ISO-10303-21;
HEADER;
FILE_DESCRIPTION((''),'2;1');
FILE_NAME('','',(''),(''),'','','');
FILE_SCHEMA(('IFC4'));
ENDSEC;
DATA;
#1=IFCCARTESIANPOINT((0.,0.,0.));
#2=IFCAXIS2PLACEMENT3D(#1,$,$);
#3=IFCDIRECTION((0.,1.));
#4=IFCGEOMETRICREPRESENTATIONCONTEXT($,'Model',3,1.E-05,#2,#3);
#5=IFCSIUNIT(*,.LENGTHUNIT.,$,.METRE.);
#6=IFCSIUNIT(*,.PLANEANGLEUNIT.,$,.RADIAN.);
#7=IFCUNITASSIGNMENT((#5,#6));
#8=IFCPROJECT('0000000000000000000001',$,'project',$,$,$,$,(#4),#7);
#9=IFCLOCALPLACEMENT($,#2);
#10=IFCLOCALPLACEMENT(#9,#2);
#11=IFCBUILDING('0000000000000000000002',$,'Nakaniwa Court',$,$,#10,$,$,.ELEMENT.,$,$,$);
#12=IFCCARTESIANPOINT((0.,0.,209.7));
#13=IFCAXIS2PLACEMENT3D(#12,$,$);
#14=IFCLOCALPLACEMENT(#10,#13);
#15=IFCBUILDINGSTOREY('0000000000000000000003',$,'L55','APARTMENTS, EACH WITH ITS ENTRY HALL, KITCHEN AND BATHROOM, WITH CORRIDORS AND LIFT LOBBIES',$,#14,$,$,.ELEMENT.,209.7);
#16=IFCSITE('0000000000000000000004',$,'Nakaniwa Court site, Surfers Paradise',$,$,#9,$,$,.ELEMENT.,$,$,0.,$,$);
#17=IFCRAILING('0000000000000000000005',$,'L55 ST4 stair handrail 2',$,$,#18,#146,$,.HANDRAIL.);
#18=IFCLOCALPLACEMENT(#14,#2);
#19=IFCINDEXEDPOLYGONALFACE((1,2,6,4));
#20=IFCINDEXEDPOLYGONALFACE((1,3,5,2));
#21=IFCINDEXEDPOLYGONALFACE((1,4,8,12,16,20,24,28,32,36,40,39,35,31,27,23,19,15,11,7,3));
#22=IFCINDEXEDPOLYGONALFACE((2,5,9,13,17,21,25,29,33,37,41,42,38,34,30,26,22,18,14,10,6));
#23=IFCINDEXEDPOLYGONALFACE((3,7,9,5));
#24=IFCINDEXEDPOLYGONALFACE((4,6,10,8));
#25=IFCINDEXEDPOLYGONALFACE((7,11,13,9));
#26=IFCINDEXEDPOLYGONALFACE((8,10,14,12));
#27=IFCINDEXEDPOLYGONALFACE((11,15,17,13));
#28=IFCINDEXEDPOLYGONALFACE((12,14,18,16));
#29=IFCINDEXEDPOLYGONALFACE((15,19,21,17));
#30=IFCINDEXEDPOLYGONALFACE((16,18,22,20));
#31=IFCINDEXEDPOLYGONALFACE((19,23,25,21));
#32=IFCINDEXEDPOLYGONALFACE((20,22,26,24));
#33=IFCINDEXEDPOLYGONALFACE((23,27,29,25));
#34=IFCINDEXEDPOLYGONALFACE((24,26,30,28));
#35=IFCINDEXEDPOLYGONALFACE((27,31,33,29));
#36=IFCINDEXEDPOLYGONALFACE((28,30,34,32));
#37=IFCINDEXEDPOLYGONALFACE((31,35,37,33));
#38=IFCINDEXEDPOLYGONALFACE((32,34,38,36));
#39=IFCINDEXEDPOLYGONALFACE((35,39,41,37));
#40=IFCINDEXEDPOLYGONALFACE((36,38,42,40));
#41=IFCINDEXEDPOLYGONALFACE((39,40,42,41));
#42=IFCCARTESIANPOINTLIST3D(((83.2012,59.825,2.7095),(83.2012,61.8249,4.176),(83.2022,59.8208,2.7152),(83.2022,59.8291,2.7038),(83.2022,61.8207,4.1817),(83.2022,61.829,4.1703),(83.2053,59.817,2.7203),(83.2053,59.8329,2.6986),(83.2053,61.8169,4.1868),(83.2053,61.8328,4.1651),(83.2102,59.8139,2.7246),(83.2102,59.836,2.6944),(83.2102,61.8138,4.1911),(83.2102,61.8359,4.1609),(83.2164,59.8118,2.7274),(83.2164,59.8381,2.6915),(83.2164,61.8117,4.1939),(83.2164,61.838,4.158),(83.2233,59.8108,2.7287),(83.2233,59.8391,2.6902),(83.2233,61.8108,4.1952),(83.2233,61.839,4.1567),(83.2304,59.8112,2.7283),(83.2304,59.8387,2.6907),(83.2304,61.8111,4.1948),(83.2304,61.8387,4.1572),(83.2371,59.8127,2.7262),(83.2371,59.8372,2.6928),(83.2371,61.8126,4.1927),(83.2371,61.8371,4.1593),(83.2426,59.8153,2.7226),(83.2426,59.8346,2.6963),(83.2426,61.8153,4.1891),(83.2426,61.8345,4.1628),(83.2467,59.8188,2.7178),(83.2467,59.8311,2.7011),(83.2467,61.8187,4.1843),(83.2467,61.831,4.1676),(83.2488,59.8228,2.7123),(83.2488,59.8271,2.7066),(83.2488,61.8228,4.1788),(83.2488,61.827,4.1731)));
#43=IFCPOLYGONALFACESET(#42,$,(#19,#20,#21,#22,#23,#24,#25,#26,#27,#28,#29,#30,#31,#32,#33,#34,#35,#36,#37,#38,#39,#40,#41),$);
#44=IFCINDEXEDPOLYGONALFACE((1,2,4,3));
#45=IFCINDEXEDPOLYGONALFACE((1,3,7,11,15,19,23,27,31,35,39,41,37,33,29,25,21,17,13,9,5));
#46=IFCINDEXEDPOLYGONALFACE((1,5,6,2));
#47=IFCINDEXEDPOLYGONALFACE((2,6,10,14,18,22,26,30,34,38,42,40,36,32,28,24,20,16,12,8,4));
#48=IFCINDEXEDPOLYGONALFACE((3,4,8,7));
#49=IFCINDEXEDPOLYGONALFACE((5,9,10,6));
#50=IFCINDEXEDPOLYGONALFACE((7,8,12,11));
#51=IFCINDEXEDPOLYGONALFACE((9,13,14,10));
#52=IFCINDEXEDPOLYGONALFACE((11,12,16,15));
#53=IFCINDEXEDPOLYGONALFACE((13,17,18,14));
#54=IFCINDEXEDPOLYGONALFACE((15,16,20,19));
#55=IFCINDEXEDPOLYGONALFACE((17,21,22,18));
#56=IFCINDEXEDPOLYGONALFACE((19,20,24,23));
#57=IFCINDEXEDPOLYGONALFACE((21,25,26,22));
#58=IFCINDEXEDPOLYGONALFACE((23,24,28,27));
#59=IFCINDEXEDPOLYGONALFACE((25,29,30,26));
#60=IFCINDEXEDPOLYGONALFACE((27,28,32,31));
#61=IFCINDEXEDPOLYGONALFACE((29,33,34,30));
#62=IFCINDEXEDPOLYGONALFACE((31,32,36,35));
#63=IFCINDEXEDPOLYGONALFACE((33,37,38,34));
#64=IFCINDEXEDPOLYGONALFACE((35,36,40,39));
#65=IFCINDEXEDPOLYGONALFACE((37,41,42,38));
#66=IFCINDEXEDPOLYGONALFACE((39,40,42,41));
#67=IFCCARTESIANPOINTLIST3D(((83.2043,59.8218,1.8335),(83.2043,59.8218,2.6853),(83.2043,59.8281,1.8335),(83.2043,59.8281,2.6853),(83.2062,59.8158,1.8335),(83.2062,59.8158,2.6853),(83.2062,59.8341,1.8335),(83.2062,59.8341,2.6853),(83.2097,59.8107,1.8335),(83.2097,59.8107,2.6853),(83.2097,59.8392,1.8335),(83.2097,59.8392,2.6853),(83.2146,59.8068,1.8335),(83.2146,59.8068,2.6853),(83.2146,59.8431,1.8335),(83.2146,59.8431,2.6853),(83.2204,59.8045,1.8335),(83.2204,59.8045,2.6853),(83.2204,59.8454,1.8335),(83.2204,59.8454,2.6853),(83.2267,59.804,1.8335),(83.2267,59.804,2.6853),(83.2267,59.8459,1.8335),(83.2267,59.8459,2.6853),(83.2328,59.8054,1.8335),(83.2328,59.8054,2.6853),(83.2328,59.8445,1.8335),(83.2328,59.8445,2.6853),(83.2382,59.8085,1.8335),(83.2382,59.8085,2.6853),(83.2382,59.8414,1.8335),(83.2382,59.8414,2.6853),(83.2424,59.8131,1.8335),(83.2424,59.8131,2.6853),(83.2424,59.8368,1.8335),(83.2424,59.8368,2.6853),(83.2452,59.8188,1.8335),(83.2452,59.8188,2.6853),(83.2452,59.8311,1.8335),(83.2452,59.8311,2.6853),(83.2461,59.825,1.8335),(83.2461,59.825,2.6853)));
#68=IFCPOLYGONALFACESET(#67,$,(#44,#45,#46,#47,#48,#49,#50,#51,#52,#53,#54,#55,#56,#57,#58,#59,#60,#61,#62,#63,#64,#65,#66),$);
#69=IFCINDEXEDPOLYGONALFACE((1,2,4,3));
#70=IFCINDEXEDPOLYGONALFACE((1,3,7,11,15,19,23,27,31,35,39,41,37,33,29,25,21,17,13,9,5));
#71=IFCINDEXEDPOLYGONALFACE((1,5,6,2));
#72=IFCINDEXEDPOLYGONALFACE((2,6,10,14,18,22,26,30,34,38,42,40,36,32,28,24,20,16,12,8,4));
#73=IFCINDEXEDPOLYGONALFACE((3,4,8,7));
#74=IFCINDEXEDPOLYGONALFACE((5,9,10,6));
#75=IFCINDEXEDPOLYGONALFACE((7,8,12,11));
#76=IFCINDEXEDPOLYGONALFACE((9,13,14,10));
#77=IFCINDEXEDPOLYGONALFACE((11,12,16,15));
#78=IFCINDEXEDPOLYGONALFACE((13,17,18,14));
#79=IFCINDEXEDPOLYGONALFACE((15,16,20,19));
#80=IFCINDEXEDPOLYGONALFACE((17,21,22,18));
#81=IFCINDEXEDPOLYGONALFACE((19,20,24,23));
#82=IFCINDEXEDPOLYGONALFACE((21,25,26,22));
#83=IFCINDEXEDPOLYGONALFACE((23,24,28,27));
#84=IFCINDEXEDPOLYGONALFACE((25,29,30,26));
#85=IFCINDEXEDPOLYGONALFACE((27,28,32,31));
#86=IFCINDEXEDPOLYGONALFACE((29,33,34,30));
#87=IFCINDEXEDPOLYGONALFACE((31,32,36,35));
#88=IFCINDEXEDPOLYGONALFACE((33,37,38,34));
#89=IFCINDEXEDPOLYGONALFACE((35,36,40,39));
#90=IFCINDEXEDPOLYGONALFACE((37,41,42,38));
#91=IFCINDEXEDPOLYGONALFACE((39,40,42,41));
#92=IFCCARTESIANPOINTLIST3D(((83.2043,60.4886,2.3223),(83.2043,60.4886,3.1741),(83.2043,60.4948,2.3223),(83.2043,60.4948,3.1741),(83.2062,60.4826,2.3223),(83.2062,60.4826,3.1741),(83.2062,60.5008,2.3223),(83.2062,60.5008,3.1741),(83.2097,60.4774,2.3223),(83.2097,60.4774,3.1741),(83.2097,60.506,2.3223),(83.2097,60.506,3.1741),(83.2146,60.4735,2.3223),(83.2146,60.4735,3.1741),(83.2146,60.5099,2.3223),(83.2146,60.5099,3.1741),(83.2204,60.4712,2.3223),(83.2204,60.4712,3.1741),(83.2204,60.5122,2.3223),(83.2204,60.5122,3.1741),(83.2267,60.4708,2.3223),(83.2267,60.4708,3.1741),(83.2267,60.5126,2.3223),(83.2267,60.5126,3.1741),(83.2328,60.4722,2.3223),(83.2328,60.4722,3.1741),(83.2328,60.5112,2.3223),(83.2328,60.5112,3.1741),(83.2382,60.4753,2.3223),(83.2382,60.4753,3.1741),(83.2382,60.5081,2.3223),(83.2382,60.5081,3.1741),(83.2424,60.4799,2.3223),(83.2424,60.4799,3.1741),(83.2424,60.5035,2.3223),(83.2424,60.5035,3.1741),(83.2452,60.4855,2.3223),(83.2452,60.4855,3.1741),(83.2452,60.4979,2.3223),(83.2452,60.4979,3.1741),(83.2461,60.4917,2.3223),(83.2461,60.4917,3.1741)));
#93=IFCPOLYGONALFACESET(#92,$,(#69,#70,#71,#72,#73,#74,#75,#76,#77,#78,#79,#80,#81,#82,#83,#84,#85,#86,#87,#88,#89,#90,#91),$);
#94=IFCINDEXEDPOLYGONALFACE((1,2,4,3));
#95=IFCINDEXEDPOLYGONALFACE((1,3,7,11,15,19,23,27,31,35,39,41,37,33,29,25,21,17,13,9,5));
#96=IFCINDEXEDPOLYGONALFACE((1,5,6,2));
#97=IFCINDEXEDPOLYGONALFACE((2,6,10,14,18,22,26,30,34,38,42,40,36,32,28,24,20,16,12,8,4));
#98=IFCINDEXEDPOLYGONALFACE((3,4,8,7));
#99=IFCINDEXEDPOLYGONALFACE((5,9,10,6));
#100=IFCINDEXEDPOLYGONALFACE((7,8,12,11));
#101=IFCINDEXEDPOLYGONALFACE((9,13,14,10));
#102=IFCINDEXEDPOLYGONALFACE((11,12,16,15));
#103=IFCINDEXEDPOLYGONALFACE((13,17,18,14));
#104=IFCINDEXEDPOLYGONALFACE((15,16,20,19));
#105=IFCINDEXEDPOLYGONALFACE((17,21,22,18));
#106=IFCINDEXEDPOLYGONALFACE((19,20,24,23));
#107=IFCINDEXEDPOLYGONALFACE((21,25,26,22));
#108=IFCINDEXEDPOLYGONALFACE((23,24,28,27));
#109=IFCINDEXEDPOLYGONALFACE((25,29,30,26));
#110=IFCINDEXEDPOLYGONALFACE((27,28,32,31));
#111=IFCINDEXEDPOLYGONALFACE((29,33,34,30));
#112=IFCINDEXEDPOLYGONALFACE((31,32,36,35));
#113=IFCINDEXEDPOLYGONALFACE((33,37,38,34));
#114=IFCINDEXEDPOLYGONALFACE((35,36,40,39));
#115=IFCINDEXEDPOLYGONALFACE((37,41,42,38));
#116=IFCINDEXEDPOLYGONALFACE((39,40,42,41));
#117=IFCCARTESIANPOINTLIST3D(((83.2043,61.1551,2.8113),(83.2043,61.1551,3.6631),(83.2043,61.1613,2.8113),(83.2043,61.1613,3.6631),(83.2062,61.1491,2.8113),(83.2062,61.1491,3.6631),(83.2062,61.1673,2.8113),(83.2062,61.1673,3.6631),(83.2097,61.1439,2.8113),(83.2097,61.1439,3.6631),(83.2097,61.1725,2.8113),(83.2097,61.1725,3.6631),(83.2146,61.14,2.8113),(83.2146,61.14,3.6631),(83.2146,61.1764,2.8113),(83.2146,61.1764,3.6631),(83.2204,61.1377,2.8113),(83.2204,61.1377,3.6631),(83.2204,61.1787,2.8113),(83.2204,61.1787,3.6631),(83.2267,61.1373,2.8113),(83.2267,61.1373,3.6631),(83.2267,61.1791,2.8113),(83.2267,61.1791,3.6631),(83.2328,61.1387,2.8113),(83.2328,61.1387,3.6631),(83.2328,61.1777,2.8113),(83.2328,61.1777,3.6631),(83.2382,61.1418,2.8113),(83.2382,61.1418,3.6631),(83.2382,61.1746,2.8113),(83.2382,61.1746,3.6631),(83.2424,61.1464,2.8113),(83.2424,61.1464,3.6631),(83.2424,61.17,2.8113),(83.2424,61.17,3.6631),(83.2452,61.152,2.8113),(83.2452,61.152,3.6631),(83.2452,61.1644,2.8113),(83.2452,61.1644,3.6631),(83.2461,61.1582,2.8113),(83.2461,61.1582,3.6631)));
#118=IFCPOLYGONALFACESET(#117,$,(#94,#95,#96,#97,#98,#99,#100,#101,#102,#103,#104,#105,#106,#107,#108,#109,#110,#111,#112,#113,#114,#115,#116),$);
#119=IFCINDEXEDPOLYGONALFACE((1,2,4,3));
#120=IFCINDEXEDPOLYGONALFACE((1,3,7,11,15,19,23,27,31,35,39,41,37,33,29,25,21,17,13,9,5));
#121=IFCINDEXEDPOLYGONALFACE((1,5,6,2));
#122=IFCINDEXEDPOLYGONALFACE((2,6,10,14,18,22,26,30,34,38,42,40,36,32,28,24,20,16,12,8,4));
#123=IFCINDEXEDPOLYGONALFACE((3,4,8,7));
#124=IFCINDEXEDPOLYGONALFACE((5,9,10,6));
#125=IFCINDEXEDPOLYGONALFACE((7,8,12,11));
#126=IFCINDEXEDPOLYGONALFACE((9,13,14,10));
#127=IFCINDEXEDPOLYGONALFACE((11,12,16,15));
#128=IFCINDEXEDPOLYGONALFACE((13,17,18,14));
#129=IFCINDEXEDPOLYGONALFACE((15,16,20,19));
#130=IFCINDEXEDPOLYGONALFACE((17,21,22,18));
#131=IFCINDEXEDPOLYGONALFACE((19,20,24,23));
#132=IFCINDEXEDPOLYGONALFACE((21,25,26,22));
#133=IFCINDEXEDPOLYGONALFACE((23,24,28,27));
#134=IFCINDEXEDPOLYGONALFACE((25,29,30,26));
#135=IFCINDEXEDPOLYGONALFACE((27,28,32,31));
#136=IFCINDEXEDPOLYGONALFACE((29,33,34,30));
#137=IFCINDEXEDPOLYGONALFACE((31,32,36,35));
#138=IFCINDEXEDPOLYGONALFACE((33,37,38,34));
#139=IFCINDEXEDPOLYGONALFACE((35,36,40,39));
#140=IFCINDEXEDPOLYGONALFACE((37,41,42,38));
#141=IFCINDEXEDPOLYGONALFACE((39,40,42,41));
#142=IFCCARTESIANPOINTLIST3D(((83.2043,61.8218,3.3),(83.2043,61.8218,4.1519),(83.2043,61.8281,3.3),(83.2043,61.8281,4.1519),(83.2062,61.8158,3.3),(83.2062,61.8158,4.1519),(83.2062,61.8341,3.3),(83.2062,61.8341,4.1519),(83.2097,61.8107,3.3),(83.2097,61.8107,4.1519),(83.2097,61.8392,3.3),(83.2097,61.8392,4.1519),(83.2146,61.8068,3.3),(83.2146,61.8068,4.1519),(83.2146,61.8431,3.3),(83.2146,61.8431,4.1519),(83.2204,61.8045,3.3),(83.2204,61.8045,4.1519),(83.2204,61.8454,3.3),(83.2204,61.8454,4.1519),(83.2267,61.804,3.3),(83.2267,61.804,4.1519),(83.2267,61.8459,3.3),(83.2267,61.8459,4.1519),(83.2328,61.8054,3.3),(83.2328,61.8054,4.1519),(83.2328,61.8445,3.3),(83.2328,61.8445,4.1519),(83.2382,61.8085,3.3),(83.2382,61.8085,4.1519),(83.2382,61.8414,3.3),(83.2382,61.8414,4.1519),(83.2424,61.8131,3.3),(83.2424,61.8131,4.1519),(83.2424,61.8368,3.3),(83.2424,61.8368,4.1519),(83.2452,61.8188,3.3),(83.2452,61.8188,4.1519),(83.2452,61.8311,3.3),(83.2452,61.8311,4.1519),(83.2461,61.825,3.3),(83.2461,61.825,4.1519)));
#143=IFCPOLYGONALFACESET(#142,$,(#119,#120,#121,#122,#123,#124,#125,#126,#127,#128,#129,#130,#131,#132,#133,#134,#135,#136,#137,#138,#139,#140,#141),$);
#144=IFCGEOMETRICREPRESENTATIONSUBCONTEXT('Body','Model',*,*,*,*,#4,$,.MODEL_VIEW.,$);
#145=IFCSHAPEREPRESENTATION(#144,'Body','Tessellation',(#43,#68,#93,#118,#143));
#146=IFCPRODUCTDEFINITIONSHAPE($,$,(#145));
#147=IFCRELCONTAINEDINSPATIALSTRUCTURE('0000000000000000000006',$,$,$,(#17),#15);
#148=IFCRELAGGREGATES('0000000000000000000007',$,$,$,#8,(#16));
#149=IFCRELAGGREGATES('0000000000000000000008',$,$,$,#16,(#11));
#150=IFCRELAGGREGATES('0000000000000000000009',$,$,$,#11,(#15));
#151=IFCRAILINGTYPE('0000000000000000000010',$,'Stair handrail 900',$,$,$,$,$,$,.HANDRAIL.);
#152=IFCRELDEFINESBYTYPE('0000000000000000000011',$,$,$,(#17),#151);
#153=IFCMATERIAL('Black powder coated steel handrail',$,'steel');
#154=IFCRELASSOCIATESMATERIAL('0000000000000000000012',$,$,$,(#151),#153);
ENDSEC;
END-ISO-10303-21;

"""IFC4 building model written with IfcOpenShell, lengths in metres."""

from ifc_helpers import new_model, si_unit, direction, frame, origin, origin_2d, place, context, subcontext, project, spatial, circle, extrude, material, type_object, element, save


model = new_model("IFC4")

# Units and contexts
model_context = context("Model", 3, precision=1e-05, world=origin(), true_north=direction((0.0, 1.0)))
body_context = subcontext(model_context, "Body", "Model", "MODEL_VIEW")
ifc_project = project(units=[si_unit("LENGTHUNIT", "METRE"), si_unit("PLANEANGLEUNIT", "RADIAN")], contexts=[model_context])

# Site, building, storey
site_placement = place(None, origin())
site = spatial("IfcSite", under=ifc_project, at=site_placement, Name="Nakaniwa Court site, Surfers Paradise", CompositionType="ELEMENT", RefElevation=0.0)
building_placement = place(site_placement, origin())
building = spatial("IfcBuilding", under=site, at=building_placement, Name="Nakaniwa Court", CompositionType="ELEMENT")
storey_placement = place(building_placement, frame((0.0, 0.0, 209.7)))
storey = spatial("IfcBuildingStorey", under=building, at=storey_placement, Name="L55", Description="APARTMENTS, EACH WITH ITS ENTRY HALL, KITCHEN AND BATHROOM, WITH CORRIDORS AND LIFT LOBBIES", CompositionType="ELEMENT", Elevation=209.7)

# Railing
ifc_material_1 = material(Name="Black powder coated steel handrail", Category="steel")
railing_type_1 = type_object("IfcRailingType", Name="Stair handrail 900", PredefinedType="HANDRAIL", material=ifc_material_1)
railing_1_placement = place(storey_placement, frame((83.2251, 59.825, 1.8335)))
element("IfcRailing", 1, at=railing_1_placement, inside=storey, type_object=railing_type_1, Name="L55 ST4 stair handrail 2", PredefinedType="HANDRAIL", context=body_context, shape_type="SweptSolid", body=[
    extrude(circle(Radius=0.0239, at=origin_2d()), frame((0.0, 0.0, 0.876), z_axis=(0.0, 0.806427, 0.591334), x_axis=(-1.0, 0.0, 0.0)), (0.0, 0.0, 1.0), 2.48),
    extrude(circle(Radius=0.021, at=origin_2d()), origin(), (0.0, 0.0, 1.0), 0.8518),
    extrude(circle(Radius=0.021, at=origin_2d()), frame((0.0, 0.6667, 0.4888)), (0.0, 0.0, 1.0), 0.8518),
    extrude(circle(Radius=0.021, at=origin_2d()), frame((0.0, 1.3333, 0.9778)), (0.0, 0.0, 1.0), 0.8518),
    extrude(circle(Radius=0.021, at=origin_2d()), frame((0.0, 2.0, 1.4666)), (0.0, 0.0, 1.0), 0.8518),
])

save(model, "model.ifc")
